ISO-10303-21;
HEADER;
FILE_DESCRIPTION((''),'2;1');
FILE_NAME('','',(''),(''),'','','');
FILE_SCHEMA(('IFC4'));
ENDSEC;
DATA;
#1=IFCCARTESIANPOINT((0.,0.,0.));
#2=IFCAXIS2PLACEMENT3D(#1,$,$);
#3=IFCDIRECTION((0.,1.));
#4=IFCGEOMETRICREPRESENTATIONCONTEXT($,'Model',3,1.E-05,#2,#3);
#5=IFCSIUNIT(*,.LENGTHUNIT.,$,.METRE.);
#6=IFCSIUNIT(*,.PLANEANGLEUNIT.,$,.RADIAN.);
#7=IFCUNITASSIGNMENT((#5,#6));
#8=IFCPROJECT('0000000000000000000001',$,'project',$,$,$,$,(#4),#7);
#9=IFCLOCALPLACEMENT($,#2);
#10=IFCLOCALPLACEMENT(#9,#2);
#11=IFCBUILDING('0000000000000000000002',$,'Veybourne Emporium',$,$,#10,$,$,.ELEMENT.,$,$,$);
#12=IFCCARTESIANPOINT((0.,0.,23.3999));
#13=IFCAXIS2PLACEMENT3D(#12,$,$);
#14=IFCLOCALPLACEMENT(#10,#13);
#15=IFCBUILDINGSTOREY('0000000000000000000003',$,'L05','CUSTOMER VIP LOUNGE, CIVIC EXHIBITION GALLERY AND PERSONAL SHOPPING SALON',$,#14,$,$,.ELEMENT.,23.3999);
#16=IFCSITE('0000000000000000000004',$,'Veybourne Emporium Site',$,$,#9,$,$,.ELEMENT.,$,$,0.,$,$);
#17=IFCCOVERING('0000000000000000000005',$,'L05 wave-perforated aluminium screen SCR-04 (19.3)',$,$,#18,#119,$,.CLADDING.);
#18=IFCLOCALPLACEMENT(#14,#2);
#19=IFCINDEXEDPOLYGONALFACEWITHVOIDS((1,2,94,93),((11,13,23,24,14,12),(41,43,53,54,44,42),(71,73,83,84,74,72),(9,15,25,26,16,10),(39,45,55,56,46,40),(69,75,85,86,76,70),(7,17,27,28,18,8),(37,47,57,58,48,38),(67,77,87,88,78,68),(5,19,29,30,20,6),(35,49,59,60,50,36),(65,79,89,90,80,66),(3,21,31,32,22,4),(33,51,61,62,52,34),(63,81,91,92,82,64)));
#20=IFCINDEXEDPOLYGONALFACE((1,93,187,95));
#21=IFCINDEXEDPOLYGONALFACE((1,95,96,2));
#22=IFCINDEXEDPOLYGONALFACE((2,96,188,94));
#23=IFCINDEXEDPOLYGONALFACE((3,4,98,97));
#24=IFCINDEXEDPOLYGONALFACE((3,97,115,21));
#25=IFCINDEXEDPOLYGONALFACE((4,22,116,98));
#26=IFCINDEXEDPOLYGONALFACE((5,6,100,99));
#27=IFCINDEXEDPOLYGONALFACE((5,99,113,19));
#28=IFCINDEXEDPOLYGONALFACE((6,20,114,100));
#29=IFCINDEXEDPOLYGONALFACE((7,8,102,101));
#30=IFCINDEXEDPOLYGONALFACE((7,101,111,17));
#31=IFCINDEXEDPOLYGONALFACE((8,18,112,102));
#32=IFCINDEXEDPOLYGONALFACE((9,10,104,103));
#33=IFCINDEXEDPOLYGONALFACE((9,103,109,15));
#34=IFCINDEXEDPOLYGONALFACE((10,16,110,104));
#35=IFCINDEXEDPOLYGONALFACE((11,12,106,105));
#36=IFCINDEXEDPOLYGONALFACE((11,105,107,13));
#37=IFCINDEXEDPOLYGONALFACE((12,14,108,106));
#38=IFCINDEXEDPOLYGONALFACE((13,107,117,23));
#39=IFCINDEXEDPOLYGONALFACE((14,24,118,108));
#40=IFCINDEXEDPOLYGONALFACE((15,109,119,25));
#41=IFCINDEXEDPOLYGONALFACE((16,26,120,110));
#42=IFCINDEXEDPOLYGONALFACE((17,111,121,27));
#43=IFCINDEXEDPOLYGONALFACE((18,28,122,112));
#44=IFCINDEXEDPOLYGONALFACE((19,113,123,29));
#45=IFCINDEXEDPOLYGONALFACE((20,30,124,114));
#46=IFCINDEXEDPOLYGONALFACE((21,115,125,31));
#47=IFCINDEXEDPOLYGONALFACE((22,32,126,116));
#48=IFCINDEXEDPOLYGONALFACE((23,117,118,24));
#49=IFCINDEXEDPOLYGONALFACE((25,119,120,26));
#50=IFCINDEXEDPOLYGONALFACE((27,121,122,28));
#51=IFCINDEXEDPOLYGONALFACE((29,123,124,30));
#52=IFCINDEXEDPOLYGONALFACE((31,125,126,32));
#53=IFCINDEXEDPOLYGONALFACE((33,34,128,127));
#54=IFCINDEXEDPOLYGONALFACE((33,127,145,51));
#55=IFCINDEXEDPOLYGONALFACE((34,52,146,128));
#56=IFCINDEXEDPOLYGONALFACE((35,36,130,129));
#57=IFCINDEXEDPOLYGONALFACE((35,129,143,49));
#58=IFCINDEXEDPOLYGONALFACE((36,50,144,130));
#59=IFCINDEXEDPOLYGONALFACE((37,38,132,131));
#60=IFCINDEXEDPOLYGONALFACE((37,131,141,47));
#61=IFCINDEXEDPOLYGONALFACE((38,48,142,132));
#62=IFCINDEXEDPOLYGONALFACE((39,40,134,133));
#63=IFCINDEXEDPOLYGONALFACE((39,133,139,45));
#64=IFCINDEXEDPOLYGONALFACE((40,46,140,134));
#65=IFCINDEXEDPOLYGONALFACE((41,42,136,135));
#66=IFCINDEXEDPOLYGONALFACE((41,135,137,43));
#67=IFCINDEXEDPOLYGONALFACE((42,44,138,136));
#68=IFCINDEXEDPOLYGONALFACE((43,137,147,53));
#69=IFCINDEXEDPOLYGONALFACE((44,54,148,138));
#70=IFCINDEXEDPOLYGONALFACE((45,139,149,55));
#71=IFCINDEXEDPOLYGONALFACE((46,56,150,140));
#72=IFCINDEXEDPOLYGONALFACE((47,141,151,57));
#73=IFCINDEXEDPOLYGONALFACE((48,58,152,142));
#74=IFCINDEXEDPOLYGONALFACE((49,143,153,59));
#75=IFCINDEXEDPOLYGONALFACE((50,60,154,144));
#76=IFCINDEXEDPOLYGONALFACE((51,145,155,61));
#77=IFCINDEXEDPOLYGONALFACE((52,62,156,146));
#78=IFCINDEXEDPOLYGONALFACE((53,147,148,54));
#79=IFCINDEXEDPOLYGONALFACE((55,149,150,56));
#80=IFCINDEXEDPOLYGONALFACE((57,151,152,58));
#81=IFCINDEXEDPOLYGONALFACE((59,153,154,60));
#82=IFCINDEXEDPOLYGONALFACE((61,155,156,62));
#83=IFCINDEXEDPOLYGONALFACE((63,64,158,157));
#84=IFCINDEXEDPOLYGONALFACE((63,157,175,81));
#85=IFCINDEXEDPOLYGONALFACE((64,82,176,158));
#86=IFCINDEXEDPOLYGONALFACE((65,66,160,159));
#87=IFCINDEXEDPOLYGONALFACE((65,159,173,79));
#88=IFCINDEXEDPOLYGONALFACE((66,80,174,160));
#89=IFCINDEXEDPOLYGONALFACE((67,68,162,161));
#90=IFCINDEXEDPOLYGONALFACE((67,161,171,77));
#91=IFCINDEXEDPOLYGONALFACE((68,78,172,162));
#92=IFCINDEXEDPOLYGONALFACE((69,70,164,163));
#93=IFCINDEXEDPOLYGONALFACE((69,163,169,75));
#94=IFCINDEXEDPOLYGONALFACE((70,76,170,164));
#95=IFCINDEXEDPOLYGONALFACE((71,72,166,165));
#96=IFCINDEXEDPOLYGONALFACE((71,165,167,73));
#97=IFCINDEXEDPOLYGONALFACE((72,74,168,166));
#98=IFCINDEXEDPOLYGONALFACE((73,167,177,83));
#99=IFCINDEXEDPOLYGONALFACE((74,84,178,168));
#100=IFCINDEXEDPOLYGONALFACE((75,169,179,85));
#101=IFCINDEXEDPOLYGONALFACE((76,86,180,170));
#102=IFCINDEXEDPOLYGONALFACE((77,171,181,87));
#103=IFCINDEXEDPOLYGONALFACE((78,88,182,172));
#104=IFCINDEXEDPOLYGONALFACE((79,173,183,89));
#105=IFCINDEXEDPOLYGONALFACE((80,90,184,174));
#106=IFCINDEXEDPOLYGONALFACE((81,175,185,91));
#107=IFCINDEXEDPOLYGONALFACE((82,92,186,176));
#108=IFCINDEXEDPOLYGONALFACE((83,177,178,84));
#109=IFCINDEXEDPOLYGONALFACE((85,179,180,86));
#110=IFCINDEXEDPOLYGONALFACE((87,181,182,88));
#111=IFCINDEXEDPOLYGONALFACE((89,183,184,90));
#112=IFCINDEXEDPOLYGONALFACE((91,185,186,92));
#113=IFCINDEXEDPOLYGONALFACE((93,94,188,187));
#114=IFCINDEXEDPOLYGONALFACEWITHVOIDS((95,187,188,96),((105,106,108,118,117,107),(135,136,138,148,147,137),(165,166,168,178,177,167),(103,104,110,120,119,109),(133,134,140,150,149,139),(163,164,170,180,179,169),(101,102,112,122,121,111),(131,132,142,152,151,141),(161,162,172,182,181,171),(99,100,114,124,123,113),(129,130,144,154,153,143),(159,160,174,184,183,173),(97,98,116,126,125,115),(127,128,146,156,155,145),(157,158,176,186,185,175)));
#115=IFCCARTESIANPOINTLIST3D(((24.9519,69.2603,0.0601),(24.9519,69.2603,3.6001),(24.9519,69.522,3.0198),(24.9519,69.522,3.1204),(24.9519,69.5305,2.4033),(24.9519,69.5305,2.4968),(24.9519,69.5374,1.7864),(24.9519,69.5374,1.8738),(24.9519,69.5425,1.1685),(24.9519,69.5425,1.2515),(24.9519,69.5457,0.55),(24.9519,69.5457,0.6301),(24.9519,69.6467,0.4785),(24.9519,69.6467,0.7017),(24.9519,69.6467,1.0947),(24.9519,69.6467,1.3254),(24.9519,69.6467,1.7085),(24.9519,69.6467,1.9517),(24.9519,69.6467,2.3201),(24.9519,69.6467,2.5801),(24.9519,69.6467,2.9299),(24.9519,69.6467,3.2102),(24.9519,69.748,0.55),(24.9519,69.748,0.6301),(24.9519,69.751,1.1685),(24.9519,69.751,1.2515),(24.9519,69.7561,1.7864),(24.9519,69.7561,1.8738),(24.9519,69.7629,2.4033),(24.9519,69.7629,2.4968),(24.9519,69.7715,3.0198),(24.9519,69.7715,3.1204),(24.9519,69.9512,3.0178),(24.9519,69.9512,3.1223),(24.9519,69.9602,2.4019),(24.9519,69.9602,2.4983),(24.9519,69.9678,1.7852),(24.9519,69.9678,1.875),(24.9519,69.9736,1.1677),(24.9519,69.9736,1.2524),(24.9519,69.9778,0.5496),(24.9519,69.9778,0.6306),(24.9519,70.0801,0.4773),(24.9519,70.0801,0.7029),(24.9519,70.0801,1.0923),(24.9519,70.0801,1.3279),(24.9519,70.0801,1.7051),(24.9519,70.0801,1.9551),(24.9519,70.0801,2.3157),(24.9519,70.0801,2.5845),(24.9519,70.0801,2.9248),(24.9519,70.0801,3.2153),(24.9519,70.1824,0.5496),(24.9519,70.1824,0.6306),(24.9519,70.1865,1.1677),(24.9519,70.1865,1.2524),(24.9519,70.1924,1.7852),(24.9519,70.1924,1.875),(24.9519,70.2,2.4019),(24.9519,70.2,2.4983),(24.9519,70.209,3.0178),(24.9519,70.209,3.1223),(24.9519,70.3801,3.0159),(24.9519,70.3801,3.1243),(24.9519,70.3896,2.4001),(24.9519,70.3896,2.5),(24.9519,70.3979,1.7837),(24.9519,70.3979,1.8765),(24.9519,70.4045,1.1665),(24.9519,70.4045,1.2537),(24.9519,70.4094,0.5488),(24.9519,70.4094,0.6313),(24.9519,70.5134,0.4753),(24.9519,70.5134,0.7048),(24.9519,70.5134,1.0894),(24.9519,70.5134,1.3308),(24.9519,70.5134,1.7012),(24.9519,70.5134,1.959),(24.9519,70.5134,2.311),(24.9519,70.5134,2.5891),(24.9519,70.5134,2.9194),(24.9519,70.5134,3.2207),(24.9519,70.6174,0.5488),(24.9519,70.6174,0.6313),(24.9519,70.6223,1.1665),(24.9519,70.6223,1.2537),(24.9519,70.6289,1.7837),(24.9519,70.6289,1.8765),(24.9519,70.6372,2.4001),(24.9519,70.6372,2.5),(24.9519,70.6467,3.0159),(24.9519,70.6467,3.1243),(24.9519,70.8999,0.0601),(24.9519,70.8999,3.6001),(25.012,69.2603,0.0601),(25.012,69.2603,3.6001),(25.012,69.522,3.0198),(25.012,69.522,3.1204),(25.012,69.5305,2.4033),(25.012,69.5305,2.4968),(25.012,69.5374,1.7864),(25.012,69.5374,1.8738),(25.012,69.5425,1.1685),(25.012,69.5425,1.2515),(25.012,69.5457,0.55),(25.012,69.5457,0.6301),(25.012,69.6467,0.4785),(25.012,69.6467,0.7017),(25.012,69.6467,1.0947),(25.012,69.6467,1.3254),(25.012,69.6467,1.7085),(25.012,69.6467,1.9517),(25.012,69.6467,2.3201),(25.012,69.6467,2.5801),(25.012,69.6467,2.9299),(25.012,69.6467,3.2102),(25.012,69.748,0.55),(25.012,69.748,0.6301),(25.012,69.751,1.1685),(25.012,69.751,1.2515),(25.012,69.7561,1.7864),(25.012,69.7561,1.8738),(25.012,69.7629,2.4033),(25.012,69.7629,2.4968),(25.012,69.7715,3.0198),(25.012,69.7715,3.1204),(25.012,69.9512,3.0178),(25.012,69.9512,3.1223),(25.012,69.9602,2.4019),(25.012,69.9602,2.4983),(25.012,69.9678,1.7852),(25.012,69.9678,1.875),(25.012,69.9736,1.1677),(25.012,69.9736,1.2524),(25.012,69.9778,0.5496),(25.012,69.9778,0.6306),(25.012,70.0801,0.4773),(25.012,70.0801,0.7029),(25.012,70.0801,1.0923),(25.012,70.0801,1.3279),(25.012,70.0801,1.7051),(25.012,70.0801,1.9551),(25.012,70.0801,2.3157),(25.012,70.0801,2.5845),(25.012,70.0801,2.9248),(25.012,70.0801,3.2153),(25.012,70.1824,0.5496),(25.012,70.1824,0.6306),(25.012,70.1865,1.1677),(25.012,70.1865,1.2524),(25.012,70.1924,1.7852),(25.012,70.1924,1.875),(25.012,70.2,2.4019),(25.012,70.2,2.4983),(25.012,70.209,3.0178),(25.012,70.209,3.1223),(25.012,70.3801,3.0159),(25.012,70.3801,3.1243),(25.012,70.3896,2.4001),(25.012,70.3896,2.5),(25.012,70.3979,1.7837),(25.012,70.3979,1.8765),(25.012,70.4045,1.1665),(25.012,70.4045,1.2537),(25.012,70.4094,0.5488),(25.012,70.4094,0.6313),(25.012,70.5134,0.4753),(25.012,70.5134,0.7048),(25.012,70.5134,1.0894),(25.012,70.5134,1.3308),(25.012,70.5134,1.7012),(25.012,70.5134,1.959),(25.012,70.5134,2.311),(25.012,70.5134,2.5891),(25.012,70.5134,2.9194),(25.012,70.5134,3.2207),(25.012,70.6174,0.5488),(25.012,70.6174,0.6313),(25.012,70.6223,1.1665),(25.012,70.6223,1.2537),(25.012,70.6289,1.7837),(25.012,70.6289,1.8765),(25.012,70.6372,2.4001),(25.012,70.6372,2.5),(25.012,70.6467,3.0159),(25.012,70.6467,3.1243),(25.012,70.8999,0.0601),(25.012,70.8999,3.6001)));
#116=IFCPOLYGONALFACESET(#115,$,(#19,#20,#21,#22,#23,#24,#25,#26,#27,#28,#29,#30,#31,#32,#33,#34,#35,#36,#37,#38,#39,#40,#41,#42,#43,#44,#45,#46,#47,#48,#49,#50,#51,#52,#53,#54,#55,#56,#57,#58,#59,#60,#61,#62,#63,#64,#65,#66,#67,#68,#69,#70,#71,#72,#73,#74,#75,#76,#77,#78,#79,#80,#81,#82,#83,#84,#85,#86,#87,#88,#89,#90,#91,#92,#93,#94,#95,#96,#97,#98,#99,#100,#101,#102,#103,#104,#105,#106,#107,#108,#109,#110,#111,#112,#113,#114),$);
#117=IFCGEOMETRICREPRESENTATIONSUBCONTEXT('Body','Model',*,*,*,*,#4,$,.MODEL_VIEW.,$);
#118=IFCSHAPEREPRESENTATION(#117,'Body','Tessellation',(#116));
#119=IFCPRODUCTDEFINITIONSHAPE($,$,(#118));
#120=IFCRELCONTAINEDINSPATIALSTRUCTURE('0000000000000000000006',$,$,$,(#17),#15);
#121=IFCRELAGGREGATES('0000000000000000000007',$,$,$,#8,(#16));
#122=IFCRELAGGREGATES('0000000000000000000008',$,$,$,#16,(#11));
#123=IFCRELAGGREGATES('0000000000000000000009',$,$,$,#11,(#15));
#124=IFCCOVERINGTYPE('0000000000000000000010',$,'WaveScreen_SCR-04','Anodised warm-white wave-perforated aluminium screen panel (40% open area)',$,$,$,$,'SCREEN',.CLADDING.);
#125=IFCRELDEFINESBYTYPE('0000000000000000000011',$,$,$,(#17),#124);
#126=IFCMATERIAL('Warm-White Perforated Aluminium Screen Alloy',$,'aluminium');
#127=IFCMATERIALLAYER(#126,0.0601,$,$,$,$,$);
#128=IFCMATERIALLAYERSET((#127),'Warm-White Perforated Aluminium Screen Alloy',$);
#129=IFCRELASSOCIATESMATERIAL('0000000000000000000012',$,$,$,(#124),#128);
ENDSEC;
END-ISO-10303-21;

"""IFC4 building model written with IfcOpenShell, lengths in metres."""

from ifc_helpers import new_model, si_unit, direction, frame, origin, place, context, subcontext, project, spatial, polyline, outline, extrude, material, layer, layer_set, type_object, element, save


model = new_model("IFC4")

# Units and contexts
model_context = context("Model", 3, precision=1e-05, world=origin(), true_north=direction((0.0, 1.0)))
body_context = subcontext(model_context, "Body", "Model", "MODEL_VIEW")
ifc_project = project(units=[si_unit("LENGTHUNIT", "METRE"), si_unit("PLANEANGLEUNIT", "RADIAN")], contexts=[model_context])

# Site, building, storey
site_placement = place(None, origin())
site = spatial("IfcSite", under=ifc_project, at=site_placement, Name="Veybourne Emporium Site", CompositionType="ELEMENT", RefElevation=0.0)
building_placement = place(site_placement, origin())
building = spatial("IfcBuilding", under=site, at=building_placement, Name="Veybourne Emporium", CompositionType="ELEMENT")
storey_placement = place(building_placement, frame((0.0, 0.0, 23.3999)))
storey = spatial("IfcBuildingStorey", under=building, at=storey_placement, Name="L05", Description="CUSTOMER VIP LOUNGE, CIVIC EXHIBITION GALLERY AND PERSONAL SHOPPING SALON", CompositionType="ELEMENT", Elevation=23.3999)

# Covering
ifc_material_1 = material(Name="Warm-White Perforated Aluminium Screen Alloy", Category="aluminium")
ifc_layer_1 = layer(ifc_material_1, 0.0601)
ifc_layer_set_1 = layer_set([ifc_layer_1], Name="Warm-White Perforated Aluminium Screen Alloy")
covering_type_1 = type_object("IfcCoveringType", Name="WaveScreen_SCR-04", Description="Anodised warm-white wave-perforated aluminium screen panel (40% open area)", ElementType="SCREEN", PredefinedType="CLADDING", material=ifc_layer_set_1)
covering_1_placement = place(storey_placement, frame((24.9519, 70.0801, 1.8301), z_axis=(1.0, 0.0, 0.0), x_axis=(0.0, 1.0, 0.0)))
element("IfcCovering", 1, at=covering_1_placement, inside=storey, type_object=covering_type_1, Name="L05 wave-perforated aluminium screen SCR-04 (19.3)", PredefinedType="CLADDING", context=body_context, shape_type="SweptSolid", body=[
    extrude(outline(polyline([(-0.8198, -1.77), (0.8198, -1.77), (0.8198, 1.77), (-0.8198, 1.77), (-0.8198, -1.77)]), holes=[polyline([(-0.4333, -1.1284), (-0.332, -1.2), (-0.332, -1.28), (-0.4333, -1.3516), (-0.5344, -1.28), (-0.5344, -1.2), (-0.4333, -1.1284)]), polyline([(-0.4333, -0.5046), (-0.3291, -0.5786), (-0.3291, -0.6616), (-0.4333, -0.7354), (-0.5376, -0.6616), (-0.5376, -0.5786), (-0.4333, -0.5046)]), polyline([(-0.4333, 0.1216), (-0.324, 0.0437), (-0.324, -0.0437), (-0.4333, -0.1216), (-0.5427, -0.0437), (-0.5427, 0.0437), (-0.4333, 0.1216)]), polyline([(-0.4333, 0.75), (-0.3171, 0.6667), (-0.3171, 0.5732), (-0.4333, 0.49), (-0.5496, 0.5732), (-0.5496, 0.6667), (-0.4333, 0.75)]), polyline([(-0.4333, 1.3801), (-0.3086, 1.2903), (-0.3086, 1.1897), (-0.4333, 1.0999), (-0.5581, 1.1897), (-0.5581, 1.2903), (-0.4333, 1.3801)]), polyline([(0.0, -1.1272), (0.1023, -1.1995), (0.1023, -1.2805), (0.0, -1.3528), (-0.1023, -1.2805), (-0.1023, -1.1995), (0.0, -1.1272)]), polyline([(0.0, -0.5022), (0.1064, -0.5776), (0.1064, -0.6624), (0.0, -0.7378), (-0.1064, -0.6624), (-0.1064, -0.5776), (0.0, -0.5022)]), polyline([(0.0, 0.125), (0.1123, 0.0449), (0.1123, -0.0449), (0.0, -0.125), (-0.1123, -0.0449), (-0.1123, 0.0449), (0.0, 0.125)]), polyline([(0.0, 0.7544), (0.1199, 0.6682), (0.1199, 0.5718), (0.0, 0.4856), (-0.1199, 0.5718), (-0.1199, 0.6682), (0.0, 0.7544)]), polyline([(0.0, 1.3853), (0.1289, 1.2922), (0.1289, 1.1877), (0.0, 1.0947), (-0.1289, 1.1877), (-0.1289, 1.2922), (0.0, 1.3853)]), polyline([(0.4333, -1.1252), (0.5374, -1.1987), (0.5374, -1.2812), (0.4333, -1.3547), (0.3293, -1.2812), (0.3293, -1.1987), (0.4333, -1.1252)]), polyline([(0.4333, -0.4993), (0.5422, -0.5764), (0.5422, -0.6636), (0.4333, -0.7407), (0.3245, -0.6636), (0.3245, -0.5764), (0.4333, -0.4993)]), polyline([(0.4333, 0.1289), (0.5488, 0.0464), (0.5488, -0.0464), (0.4333, -0.1289), (0.3179, -0.0464), (0.3179, 0.0464), (0.4333, 0.1289)]), polyline([(0.4333, 0.759), (0.5571, 0.6699), (0.5571, 0.5701), (0.4333, 0.481), (0.3096, 0.5701), (0.3096, 0.6699), (0.4333, 0.759)]), polyline([(0.4333, 1.3906), (0.5667, 1.2942), (0.5667, 1.1858), (0.4333, 1.0894), (0.3, 1.1858), (0.3, 1.2942), (0.4333, 1.3906)])]), origin(), (0.0, 0.0, 1.0), 0.0601),
])

save(model, "model.ifc")
